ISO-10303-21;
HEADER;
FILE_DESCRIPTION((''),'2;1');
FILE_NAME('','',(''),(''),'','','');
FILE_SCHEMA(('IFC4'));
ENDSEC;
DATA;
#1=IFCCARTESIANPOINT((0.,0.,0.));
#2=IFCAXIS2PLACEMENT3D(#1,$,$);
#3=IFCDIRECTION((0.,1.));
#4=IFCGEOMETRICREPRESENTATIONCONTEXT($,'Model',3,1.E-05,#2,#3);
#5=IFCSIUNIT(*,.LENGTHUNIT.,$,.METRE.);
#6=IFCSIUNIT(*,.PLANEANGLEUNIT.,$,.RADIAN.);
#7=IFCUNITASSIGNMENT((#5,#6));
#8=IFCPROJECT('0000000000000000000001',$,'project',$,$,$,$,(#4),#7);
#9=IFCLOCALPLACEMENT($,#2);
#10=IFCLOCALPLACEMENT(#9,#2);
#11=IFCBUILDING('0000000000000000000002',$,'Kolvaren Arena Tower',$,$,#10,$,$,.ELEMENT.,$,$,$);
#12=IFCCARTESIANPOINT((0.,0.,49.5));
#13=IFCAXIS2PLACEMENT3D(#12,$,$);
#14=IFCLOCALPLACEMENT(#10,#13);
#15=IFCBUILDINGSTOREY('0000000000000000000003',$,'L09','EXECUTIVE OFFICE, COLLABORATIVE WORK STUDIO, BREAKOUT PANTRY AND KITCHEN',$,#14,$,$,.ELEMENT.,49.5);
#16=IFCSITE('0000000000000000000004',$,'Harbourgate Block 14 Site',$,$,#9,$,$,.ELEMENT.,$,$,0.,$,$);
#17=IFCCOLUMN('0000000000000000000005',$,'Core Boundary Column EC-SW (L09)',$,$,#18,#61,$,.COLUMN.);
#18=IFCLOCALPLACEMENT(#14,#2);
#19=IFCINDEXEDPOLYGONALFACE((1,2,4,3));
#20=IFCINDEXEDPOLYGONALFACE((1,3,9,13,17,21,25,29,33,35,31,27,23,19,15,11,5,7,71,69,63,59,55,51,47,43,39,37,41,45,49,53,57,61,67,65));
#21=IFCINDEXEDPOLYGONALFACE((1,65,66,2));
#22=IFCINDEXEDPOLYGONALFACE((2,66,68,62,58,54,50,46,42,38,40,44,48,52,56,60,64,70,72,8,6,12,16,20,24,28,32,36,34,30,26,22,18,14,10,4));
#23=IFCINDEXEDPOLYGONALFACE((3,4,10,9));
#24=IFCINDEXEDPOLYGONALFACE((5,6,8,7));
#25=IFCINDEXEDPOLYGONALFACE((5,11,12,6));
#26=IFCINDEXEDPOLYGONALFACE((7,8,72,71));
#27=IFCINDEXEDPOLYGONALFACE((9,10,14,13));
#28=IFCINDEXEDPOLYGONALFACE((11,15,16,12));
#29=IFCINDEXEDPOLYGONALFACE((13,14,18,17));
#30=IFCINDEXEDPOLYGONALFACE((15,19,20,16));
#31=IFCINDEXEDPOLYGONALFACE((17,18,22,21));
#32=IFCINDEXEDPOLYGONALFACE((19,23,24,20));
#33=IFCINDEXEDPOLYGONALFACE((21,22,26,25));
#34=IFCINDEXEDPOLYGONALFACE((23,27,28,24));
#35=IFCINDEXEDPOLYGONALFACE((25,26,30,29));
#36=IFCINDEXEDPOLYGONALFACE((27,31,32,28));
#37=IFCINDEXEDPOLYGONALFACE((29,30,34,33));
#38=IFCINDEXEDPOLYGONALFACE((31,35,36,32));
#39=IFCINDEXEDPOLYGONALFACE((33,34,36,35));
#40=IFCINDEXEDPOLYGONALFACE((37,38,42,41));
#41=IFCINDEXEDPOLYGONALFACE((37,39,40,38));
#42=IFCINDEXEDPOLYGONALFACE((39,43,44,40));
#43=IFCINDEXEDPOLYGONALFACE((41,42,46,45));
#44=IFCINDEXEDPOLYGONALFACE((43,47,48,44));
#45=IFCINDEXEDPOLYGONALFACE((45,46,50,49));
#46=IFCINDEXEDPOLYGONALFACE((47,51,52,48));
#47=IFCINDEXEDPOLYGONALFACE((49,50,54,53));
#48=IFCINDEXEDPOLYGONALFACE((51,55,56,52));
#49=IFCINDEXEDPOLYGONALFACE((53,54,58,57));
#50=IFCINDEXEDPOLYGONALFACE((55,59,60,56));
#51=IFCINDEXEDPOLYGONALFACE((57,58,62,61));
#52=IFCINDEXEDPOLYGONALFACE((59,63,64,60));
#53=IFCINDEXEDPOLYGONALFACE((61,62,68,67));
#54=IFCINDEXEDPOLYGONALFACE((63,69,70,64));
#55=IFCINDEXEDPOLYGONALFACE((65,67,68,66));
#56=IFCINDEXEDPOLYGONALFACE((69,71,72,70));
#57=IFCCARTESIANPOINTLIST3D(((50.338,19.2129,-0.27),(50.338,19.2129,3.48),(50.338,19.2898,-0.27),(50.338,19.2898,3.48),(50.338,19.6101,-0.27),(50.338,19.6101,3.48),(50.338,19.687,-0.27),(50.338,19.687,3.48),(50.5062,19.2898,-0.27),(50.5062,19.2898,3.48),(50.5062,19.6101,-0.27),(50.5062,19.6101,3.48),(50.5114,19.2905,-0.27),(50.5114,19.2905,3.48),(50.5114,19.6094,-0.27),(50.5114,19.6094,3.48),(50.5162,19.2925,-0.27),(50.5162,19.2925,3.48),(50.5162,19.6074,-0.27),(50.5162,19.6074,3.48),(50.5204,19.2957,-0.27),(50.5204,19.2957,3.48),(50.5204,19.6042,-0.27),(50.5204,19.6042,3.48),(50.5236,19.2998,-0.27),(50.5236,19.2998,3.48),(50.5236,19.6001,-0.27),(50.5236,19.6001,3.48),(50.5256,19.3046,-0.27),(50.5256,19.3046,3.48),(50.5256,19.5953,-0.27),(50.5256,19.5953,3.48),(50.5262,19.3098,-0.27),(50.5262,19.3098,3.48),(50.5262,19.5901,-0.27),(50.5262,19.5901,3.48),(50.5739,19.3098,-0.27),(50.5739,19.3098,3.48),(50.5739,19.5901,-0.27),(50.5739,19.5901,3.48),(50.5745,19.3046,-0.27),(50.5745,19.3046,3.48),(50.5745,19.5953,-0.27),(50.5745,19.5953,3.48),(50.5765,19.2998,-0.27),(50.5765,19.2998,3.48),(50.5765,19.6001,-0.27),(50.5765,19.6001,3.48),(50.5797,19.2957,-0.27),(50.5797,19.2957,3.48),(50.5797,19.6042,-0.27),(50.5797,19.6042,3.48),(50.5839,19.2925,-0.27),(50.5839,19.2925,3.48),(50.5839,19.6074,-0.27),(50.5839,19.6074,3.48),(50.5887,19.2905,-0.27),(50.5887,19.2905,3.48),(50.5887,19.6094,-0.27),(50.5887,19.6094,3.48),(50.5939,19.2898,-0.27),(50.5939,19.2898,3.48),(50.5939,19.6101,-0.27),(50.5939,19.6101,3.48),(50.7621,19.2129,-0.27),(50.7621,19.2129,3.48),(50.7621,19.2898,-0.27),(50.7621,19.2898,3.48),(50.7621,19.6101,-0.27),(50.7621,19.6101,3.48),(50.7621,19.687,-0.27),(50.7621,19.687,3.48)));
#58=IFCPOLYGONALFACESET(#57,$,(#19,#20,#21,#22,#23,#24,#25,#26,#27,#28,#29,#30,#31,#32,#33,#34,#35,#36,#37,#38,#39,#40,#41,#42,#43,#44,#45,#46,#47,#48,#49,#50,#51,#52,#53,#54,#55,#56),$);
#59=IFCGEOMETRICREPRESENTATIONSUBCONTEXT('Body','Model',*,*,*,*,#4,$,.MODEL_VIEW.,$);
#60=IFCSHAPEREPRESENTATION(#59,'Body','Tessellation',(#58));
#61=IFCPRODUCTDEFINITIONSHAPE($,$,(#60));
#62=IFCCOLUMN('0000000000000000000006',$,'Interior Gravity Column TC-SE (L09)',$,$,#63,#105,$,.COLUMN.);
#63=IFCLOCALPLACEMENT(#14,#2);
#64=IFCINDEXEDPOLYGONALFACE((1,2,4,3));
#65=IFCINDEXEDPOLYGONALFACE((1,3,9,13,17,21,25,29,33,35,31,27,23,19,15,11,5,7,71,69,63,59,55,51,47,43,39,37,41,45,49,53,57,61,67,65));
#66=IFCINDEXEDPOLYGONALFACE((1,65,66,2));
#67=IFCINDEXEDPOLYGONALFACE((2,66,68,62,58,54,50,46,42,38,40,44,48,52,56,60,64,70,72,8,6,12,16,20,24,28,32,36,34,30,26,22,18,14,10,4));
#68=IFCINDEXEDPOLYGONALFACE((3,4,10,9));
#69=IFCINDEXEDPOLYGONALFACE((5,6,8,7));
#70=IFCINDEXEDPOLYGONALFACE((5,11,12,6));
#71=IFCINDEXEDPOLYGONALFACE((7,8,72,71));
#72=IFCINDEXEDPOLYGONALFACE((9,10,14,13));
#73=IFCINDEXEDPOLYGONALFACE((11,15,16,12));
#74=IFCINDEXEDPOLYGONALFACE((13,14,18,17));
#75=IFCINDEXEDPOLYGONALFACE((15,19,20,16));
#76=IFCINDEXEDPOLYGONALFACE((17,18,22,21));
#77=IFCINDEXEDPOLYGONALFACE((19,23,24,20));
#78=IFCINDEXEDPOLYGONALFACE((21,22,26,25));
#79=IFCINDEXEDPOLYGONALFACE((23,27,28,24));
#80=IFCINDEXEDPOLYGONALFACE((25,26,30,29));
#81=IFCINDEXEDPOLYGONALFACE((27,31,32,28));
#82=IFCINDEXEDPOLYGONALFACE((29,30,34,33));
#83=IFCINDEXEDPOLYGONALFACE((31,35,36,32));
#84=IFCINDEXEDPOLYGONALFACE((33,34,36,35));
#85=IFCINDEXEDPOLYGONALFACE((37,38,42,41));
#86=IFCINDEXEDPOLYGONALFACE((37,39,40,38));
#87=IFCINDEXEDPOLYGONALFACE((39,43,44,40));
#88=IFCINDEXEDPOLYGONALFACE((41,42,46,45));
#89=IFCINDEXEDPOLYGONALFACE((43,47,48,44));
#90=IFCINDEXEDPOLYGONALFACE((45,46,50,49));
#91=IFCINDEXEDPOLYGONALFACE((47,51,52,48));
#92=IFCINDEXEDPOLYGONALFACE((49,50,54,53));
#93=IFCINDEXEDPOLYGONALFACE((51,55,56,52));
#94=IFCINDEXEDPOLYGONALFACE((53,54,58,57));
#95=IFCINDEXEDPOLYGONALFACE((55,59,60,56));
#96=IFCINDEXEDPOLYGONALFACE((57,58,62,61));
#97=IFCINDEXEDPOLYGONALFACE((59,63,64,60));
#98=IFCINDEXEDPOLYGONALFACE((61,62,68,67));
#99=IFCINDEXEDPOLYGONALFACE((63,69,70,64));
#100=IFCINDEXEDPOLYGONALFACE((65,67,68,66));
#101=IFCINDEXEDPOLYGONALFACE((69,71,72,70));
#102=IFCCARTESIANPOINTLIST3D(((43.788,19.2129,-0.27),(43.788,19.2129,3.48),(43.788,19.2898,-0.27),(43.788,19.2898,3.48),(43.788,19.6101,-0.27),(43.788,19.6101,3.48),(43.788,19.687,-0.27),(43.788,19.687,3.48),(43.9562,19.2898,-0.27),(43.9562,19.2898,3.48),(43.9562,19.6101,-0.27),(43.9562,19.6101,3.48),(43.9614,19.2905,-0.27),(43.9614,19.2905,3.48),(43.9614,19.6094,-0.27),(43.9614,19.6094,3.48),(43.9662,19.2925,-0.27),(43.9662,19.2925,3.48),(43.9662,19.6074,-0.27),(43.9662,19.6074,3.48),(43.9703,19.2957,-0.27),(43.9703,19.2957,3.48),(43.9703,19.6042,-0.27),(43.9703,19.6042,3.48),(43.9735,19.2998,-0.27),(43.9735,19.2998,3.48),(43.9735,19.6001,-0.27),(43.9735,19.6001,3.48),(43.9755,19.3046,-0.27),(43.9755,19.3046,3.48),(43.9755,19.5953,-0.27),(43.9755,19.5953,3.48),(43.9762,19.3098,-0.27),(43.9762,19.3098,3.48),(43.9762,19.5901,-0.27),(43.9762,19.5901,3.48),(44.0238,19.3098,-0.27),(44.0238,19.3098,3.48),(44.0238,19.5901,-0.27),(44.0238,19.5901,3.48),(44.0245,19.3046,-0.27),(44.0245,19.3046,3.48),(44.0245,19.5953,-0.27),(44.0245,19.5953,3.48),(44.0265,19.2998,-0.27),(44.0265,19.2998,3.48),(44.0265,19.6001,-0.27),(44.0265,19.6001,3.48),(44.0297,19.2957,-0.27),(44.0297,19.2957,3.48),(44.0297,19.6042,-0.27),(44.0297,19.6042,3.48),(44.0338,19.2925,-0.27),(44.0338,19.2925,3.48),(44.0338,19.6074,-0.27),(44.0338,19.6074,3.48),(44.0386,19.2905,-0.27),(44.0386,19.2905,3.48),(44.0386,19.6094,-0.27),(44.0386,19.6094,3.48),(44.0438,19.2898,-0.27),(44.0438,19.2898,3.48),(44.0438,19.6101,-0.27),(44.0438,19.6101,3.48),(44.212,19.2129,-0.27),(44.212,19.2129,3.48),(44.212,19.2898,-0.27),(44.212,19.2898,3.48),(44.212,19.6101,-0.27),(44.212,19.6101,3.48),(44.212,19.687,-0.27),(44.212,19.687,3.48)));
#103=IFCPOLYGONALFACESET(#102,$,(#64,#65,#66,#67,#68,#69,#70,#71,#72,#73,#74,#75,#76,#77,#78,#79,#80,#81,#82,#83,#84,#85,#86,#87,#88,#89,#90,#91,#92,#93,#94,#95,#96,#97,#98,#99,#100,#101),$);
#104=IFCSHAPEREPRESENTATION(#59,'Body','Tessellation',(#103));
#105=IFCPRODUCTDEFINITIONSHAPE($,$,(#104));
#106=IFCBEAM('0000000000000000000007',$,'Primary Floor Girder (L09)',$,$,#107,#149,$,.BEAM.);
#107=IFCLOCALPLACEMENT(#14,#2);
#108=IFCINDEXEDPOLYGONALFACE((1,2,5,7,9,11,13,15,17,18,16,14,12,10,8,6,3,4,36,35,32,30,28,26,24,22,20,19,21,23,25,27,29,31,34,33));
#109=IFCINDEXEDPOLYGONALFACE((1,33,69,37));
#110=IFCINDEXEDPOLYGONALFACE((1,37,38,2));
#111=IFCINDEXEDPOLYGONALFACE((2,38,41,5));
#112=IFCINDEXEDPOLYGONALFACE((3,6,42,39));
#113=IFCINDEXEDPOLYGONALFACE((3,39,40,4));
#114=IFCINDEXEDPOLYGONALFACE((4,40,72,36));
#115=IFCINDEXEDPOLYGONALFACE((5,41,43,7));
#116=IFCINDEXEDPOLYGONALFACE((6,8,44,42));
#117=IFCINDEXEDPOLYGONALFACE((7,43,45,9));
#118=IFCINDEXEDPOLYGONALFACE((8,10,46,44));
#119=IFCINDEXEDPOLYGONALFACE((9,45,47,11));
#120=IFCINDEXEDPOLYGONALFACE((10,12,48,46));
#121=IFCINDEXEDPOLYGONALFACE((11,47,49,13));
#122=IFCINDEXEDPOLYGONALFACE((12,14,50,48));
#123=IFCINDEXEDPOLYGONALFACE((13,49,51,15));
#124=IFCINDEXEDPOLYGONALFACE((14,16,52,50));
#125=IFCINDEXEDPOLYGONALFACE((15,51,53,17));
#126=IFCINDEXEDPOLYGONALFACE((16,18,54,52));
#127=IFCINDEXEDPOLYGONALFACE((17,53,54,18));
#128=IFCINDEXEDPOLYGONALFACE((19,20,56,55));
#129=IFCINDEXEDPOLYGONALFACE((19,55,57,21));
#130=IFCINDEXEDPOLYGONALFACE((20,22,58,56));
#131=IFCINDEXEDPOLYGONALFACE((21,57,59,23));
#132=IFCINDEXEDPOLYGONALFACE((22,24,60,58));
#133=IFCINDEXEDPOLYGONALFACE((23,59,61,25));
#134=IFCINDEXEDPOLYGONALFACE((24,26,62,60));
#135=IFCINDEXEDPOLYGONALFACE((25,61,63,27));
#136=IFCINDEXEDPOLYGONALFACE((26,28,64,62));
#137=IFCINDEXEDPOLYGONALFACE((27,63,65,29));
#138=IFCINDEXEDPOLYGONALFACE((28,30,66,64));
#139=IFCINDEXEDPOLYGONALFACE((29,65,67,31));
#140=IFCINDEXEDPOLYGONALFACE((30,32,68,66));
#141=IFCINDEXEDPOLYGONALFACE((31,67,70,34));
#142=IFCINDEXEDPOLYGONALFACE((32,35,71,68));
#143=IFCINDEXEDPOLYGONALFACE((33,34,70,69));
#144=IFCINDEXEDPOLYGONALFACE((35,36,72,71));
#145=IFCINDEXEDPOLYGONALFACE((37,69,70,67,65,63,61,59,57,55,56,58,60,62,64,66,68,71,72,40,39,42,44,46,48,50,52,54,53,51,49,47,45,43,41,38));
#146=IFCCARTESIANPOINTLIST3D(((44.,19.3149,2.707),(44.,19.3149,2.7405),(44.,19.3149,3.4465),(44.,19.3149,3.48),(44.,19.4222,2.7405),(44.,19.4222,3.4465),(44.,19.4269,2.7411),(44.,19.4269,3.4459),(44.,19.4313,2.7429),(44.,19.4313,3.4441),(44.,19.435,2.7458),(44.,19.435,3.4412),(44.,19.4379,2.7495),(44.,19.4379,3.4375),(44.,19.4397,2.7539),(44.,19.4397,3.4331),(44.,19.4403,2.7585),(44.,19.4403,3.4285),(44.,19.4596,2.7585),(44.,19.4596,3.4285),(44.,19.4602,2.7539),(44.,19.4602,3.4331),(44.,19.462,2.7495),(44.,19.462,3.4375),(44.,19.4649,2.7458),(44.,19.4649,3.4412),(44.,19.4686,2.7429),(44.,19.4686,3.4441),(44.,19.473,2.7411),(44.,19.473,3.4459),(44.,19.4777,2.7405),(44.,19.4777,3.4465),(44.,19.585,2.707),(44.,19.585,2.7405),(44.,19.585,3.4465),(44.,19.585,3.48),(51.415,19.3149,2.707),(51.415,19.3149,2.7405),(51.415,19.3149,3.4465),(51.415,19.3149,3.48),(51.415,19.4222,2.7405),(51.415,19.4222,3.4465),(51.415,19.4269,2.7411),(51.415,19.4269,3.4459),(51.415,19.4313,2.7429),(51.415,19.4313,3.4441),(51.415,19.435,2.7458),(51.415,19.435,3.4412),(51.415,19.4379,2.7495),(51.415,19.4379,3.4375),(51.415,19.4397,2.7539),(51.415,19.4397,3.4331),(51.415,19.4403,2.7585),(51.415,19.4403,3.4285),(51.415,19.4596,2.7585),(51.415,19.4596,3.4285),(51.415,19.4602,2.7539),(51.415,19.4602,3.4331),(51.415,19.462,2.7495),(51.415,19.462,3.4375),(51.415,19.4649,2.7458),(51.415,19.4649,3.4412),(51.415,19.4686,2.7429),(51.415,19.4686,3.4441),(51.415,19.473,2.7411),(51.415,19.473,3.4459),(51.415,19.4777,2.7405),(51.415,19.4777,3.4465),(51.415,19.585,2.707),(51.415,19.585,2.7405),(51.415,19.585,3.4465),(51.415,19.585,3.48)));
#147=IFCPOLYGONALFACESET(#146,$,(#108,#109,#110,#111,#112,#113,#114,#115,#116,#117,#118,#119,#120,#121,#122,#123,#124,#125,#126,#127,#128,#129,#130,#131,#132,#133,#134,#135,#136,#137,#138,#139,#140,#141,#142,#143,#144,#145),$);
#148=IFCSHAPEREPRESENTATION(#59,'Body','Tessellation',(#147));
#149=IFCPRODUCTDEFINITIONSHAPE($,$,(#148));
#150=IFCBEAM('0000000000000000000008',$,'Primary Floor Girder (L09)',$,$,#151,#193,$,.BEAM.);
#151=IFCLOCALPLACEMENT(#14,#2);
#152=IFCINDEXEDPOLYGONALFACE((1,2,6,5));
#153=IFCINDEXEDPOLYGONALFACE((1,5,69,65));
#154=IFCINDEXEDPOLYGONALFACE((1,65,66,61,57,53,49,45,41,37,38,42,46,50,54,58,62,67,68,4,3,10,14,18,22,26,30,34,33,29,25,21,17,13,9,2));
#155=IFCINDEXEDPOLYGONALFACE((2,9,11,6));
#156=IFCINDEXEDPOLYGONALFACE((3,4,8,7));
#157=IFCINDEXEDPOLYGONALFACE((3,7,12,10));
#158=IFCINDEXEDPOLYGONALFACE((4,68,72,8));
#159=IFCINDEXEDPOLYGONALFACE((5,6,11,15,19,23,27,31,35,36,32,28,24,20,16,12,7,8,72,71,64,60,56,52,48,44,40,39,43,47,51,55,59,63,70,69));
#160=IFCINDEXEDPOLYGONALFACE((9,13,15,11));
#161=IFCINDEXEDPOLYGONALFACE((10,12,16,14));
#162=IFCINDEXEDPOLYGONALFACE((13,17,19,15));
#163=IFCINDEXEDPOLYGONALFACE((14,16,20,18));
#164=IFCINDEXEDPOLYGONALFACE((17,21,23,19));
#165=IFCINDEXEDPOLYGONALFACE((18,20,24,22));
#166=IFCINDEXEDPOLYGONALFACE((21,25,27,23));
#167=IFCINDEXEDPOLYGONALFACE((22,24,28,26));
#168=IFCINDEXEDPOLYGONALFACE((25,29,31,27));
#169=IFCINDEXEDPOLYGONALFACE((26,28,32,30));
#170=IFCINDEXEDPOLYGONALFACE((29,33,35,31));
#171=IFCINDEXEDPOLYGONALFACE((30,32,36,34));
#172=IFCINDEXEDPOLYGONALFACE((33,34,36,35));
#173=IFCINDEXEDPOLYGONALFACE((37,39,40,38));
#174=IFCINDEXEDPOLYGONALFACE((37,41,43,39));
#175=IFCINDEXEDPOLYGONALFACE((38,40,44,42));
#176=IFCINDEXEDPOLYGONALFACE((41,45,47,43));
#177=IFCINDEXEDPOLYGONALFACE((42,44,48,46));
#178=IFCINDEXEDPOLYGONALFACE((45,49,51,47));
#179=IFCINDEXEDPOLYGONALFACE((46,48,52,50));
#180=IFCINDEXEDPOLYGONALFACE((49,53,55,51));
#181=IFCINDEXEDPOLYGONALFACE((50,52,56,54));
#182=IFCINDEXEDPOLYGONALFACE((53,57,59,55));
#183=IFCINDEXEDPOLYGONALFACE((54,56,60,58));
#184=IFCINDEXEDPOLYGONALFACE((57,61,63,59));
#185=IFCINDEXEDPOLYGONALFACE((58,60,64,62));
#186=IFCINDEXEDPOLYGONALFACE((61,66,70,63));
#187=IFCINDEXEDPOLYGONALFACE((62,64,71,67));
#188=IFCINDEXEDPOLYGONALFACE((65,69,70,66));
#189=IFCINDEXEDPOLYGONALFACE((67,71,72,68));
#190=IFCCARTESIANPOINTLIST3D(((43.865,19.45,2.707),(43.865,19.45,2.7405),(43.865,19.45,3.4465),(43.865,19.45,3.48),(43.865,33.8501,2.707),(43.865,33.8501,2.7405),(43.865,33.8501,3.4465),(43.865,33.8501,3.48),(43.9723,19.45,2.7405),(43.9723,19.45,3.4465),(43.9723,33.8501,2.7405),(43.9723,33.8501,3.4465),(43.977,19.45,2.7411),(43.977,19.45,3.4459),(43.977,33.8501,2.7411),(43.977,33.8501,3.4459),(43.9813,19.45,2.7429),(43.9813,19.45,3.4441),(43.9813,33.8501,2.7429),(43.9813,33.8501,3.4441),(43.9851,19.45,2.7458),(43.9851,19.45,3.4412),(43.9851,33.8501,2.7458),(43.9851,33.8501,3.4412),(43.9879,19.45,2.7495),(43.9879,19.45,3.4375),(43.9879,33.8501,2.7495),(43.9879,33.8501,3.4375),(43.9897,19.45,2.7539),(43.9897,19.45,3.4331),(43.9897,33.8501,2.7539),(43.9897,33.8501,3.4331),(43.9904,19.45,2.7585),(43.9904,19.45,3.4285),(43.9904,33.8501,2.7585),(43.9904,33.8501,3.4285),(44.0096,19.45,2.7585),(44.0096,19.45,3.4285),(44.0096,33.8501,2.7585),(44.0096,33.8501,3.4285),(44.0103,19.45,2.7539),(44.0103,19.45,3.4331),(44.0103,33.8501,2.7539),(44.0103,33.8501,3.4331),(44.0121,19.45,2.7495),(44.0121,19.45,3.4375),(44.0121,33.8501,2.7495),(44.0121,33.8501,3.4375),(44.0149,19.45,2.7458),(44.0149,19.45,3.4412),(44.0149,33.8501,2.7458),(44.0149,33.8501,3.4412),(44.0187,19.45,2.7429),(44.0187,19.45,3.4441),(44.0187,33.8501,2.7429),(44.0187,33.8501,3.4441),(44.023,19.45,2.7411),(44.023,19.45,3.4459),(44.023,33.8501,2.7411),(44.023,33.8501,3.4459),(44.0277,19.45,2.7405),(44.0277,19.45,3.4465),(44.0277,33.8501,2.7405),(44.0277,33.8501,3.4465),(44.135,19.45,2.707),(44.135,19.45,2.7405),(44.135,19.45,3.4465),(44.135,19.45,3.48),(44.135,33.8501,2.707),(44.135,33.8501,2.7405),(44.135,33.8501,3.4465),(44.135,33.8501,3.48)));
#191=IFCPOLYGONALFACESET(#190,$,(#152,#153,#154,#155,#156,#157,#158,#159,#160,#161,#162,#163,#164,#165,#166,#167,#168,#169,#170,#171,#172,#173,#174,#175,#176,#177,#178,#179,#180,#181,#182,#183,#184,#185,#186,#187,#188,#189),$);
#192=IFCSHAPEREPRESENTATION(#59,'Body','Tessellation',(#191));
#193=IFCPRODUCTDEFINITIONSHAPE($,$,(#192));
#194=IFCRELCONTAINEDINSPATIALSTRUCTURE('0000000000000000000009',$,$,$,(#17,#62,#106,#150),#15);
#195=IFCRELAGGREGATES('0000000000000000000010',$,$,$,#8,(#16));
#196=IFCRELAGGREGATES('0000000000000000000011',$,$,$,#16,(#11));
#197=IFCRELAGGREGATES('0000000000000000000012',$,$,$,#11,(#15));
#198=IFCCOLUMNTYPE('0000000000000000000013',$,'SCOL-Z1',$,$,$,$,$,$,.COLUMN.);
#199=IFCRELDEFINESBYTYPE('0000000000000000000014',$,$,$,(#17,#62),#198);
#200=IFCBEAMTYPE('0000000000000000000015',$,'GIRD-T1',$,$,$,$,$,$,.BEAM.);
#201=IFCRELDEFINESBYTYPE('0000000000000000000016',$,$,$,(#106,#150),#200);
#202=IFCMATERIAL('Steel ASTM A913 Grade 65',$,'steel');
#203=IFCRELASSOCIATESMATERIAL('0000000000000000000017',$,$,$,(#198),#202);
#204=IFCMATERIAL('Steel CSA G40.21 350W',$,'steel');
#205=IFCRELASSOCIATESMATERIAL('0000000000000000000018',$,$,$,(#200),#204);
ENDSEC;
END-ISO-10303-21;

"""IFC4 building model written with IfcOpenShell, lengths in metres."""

from ifc_helpers import new_model, si_unit, direction, frame, origin, origin_2d, place, context, subcontext, project, spatial, i_section, extrude, material, material_profile, profile_set, type_object, element, save


model = new_model("IFC4")

# Units and contexts
model_context = context("Model", 3, precision=1e-05, world=origin(), true_north=direction((0.0, 1.0)))
body_context = subcontext(model_context, "Body", "Model", "MODEL_VIEW")
ifc_project = project(units=[si_unit("LENGTHUNIT", "METRE"), si_unit("PLANEANGLEUNIT", "RADIAN")], contexts=[model_context])

# Site, building, storey
site_placement = place(None, origin())
site = spatial("IfcSite", under=ifc_project, at=site_placement, Name="Harbourgate Block 14 Site", CompositionType="ELEMENT", RefElevation=0.0)
building_placement = place(site_placement, origin())
building = spatial("IfcBuilding", under=site, at=building_placement, Name="Kolvaren Arena Tower", CompositionType="ELEMENT")
storey_placement = place(building_placement, frame((0.0, 0.0, 49.5)))
storey = spatial("IfcBuildingStorey", under=building, at=storey_placement, Name="L09", Description="EXECUTIVE OFFICE, COLLABORATIVE WORK STUDIO, BREAKOUT PANTRY AND KITCHEN", CompositionType="ELEMENT", Elevation=49.5)

# Columns
ifc_material_1 = material(Name="Steel ASTM A913 Grade 65", Category="steel")
ifc_material_profile_1 = material_profile(ifc_material_1, i_section(OverallWidth=0.4241, OverallDepth=0.4741, WebThickness=0.0476, FlangeThickness=0.0769, FilletRadius=0.02, at=origin_2d()), Name="W360x634")
ifc_profile_set_1 = profile_set([ifc_material_profile_1], Name="Steel ASTM A913 Grade 65")
column_type = type_object("IfcColumnType", Name="SCOL-Z1", PredefinedType="COLUMN", material=ifc_profile_set_1)
for number, where, z_axis, x_axis, name in (
    (1, (50.55, 19.45, -0.27), (0.0, 0.0, 1.0), (1.0, 0.0, 0.0), "Core Boundary Column EC-SW (L09)"),
    (2, (44.0, 19.45, -0.27), (0.0, 0.0, 1.0), (1.0, 0.0, 0.0), "Interior Gravity Column TC-SE (L09)"),
):
    element("IfcColumn", number, at=place(storey_placement, frame(where, z_axis=z_axis, x_axis=x_axis)), inside=storey, type_object=column_type, Name=name, PredefinedType="COLUMN", context=body_context, shape_type="SweptSolid", body=[
        extrude(i_section(OverallWidth=0.4241, OverallDepth=0.4741, WebThickness=0.0476, FlangeThickness=0.0769, FilletRadius=0.02, at=origin_2d()), origin(), (0.0, 0.0, 1.0), 3.75),
    ])

# Beams
ifc_material_2 = material(Name="Steel CSA G40.21 350W", Category="steel")
ifc_material_profile_2 = material_profile(ifc_material_2, i_section(OverallWidth=0.27, OverallDepth=0.7729, WebThickness=0.0193, FlangeThickness=0.0334, FilletRadius=0.0181, at=origin_2d()), Name="W760x257")
ifc_profile_set_2 = profile_set([ifc_material_profile_2], Name="Steel CSA G40.21 350W")
beam_type_1 = type_object("IfcBeamType", Name="GIRD-T1", PredefinedType="BEAM", material=ifc_profile_set_2)
beam_1_placement = place(storey_placement, frame((44.0, 19.45, 3.0935), z_axis=(1.0, 0.0, 0.0), x_axis=(0.0, 1.0, 0.0)))
element("IfcBeam", 3, at=beam_1_placement, inside=storey, type_object=beam_type_1, Name="Primary Floor Girder (L09)", PredefinedType="BEAM", context=body_context, shape_type="SweptSolid", body=[
    extrude(i_section(OverallWidth=0.27, OverallDepth=0.7729, WebThickness=0.0193, FlangeThickness=0.0334, FilletRadius=0.0181, at=origin_2d()), origin(), (0.0, 0.0, 1.0), 7.415),
])
beam_2_placement = place(storey_placement, frame((44.0, 19.45, 3.0935), z_axis=(0.0, 1.0, 0.0), x_axis=(-1.0, 0.0, 0.0)))
element("IfcBeam", 4, at=beam_2_placement, inside=storey, type_object=beam_type_1, Name="Primary Floor Girder (L09)", PredefinedType="BEAM", context=body_context, shape_type="SweptSolid", body=[
    extrude(i_section(OverallWidth=0.27, OverallDepth=0.7729, WebThickness=0.0193, FlangeThickness=0.0334, FilletRadius=0.0181, at=origin_2d()), origin(), (0.0, 0.0, 1.0), 14.4001),
])

save(model, "model.ifc")
